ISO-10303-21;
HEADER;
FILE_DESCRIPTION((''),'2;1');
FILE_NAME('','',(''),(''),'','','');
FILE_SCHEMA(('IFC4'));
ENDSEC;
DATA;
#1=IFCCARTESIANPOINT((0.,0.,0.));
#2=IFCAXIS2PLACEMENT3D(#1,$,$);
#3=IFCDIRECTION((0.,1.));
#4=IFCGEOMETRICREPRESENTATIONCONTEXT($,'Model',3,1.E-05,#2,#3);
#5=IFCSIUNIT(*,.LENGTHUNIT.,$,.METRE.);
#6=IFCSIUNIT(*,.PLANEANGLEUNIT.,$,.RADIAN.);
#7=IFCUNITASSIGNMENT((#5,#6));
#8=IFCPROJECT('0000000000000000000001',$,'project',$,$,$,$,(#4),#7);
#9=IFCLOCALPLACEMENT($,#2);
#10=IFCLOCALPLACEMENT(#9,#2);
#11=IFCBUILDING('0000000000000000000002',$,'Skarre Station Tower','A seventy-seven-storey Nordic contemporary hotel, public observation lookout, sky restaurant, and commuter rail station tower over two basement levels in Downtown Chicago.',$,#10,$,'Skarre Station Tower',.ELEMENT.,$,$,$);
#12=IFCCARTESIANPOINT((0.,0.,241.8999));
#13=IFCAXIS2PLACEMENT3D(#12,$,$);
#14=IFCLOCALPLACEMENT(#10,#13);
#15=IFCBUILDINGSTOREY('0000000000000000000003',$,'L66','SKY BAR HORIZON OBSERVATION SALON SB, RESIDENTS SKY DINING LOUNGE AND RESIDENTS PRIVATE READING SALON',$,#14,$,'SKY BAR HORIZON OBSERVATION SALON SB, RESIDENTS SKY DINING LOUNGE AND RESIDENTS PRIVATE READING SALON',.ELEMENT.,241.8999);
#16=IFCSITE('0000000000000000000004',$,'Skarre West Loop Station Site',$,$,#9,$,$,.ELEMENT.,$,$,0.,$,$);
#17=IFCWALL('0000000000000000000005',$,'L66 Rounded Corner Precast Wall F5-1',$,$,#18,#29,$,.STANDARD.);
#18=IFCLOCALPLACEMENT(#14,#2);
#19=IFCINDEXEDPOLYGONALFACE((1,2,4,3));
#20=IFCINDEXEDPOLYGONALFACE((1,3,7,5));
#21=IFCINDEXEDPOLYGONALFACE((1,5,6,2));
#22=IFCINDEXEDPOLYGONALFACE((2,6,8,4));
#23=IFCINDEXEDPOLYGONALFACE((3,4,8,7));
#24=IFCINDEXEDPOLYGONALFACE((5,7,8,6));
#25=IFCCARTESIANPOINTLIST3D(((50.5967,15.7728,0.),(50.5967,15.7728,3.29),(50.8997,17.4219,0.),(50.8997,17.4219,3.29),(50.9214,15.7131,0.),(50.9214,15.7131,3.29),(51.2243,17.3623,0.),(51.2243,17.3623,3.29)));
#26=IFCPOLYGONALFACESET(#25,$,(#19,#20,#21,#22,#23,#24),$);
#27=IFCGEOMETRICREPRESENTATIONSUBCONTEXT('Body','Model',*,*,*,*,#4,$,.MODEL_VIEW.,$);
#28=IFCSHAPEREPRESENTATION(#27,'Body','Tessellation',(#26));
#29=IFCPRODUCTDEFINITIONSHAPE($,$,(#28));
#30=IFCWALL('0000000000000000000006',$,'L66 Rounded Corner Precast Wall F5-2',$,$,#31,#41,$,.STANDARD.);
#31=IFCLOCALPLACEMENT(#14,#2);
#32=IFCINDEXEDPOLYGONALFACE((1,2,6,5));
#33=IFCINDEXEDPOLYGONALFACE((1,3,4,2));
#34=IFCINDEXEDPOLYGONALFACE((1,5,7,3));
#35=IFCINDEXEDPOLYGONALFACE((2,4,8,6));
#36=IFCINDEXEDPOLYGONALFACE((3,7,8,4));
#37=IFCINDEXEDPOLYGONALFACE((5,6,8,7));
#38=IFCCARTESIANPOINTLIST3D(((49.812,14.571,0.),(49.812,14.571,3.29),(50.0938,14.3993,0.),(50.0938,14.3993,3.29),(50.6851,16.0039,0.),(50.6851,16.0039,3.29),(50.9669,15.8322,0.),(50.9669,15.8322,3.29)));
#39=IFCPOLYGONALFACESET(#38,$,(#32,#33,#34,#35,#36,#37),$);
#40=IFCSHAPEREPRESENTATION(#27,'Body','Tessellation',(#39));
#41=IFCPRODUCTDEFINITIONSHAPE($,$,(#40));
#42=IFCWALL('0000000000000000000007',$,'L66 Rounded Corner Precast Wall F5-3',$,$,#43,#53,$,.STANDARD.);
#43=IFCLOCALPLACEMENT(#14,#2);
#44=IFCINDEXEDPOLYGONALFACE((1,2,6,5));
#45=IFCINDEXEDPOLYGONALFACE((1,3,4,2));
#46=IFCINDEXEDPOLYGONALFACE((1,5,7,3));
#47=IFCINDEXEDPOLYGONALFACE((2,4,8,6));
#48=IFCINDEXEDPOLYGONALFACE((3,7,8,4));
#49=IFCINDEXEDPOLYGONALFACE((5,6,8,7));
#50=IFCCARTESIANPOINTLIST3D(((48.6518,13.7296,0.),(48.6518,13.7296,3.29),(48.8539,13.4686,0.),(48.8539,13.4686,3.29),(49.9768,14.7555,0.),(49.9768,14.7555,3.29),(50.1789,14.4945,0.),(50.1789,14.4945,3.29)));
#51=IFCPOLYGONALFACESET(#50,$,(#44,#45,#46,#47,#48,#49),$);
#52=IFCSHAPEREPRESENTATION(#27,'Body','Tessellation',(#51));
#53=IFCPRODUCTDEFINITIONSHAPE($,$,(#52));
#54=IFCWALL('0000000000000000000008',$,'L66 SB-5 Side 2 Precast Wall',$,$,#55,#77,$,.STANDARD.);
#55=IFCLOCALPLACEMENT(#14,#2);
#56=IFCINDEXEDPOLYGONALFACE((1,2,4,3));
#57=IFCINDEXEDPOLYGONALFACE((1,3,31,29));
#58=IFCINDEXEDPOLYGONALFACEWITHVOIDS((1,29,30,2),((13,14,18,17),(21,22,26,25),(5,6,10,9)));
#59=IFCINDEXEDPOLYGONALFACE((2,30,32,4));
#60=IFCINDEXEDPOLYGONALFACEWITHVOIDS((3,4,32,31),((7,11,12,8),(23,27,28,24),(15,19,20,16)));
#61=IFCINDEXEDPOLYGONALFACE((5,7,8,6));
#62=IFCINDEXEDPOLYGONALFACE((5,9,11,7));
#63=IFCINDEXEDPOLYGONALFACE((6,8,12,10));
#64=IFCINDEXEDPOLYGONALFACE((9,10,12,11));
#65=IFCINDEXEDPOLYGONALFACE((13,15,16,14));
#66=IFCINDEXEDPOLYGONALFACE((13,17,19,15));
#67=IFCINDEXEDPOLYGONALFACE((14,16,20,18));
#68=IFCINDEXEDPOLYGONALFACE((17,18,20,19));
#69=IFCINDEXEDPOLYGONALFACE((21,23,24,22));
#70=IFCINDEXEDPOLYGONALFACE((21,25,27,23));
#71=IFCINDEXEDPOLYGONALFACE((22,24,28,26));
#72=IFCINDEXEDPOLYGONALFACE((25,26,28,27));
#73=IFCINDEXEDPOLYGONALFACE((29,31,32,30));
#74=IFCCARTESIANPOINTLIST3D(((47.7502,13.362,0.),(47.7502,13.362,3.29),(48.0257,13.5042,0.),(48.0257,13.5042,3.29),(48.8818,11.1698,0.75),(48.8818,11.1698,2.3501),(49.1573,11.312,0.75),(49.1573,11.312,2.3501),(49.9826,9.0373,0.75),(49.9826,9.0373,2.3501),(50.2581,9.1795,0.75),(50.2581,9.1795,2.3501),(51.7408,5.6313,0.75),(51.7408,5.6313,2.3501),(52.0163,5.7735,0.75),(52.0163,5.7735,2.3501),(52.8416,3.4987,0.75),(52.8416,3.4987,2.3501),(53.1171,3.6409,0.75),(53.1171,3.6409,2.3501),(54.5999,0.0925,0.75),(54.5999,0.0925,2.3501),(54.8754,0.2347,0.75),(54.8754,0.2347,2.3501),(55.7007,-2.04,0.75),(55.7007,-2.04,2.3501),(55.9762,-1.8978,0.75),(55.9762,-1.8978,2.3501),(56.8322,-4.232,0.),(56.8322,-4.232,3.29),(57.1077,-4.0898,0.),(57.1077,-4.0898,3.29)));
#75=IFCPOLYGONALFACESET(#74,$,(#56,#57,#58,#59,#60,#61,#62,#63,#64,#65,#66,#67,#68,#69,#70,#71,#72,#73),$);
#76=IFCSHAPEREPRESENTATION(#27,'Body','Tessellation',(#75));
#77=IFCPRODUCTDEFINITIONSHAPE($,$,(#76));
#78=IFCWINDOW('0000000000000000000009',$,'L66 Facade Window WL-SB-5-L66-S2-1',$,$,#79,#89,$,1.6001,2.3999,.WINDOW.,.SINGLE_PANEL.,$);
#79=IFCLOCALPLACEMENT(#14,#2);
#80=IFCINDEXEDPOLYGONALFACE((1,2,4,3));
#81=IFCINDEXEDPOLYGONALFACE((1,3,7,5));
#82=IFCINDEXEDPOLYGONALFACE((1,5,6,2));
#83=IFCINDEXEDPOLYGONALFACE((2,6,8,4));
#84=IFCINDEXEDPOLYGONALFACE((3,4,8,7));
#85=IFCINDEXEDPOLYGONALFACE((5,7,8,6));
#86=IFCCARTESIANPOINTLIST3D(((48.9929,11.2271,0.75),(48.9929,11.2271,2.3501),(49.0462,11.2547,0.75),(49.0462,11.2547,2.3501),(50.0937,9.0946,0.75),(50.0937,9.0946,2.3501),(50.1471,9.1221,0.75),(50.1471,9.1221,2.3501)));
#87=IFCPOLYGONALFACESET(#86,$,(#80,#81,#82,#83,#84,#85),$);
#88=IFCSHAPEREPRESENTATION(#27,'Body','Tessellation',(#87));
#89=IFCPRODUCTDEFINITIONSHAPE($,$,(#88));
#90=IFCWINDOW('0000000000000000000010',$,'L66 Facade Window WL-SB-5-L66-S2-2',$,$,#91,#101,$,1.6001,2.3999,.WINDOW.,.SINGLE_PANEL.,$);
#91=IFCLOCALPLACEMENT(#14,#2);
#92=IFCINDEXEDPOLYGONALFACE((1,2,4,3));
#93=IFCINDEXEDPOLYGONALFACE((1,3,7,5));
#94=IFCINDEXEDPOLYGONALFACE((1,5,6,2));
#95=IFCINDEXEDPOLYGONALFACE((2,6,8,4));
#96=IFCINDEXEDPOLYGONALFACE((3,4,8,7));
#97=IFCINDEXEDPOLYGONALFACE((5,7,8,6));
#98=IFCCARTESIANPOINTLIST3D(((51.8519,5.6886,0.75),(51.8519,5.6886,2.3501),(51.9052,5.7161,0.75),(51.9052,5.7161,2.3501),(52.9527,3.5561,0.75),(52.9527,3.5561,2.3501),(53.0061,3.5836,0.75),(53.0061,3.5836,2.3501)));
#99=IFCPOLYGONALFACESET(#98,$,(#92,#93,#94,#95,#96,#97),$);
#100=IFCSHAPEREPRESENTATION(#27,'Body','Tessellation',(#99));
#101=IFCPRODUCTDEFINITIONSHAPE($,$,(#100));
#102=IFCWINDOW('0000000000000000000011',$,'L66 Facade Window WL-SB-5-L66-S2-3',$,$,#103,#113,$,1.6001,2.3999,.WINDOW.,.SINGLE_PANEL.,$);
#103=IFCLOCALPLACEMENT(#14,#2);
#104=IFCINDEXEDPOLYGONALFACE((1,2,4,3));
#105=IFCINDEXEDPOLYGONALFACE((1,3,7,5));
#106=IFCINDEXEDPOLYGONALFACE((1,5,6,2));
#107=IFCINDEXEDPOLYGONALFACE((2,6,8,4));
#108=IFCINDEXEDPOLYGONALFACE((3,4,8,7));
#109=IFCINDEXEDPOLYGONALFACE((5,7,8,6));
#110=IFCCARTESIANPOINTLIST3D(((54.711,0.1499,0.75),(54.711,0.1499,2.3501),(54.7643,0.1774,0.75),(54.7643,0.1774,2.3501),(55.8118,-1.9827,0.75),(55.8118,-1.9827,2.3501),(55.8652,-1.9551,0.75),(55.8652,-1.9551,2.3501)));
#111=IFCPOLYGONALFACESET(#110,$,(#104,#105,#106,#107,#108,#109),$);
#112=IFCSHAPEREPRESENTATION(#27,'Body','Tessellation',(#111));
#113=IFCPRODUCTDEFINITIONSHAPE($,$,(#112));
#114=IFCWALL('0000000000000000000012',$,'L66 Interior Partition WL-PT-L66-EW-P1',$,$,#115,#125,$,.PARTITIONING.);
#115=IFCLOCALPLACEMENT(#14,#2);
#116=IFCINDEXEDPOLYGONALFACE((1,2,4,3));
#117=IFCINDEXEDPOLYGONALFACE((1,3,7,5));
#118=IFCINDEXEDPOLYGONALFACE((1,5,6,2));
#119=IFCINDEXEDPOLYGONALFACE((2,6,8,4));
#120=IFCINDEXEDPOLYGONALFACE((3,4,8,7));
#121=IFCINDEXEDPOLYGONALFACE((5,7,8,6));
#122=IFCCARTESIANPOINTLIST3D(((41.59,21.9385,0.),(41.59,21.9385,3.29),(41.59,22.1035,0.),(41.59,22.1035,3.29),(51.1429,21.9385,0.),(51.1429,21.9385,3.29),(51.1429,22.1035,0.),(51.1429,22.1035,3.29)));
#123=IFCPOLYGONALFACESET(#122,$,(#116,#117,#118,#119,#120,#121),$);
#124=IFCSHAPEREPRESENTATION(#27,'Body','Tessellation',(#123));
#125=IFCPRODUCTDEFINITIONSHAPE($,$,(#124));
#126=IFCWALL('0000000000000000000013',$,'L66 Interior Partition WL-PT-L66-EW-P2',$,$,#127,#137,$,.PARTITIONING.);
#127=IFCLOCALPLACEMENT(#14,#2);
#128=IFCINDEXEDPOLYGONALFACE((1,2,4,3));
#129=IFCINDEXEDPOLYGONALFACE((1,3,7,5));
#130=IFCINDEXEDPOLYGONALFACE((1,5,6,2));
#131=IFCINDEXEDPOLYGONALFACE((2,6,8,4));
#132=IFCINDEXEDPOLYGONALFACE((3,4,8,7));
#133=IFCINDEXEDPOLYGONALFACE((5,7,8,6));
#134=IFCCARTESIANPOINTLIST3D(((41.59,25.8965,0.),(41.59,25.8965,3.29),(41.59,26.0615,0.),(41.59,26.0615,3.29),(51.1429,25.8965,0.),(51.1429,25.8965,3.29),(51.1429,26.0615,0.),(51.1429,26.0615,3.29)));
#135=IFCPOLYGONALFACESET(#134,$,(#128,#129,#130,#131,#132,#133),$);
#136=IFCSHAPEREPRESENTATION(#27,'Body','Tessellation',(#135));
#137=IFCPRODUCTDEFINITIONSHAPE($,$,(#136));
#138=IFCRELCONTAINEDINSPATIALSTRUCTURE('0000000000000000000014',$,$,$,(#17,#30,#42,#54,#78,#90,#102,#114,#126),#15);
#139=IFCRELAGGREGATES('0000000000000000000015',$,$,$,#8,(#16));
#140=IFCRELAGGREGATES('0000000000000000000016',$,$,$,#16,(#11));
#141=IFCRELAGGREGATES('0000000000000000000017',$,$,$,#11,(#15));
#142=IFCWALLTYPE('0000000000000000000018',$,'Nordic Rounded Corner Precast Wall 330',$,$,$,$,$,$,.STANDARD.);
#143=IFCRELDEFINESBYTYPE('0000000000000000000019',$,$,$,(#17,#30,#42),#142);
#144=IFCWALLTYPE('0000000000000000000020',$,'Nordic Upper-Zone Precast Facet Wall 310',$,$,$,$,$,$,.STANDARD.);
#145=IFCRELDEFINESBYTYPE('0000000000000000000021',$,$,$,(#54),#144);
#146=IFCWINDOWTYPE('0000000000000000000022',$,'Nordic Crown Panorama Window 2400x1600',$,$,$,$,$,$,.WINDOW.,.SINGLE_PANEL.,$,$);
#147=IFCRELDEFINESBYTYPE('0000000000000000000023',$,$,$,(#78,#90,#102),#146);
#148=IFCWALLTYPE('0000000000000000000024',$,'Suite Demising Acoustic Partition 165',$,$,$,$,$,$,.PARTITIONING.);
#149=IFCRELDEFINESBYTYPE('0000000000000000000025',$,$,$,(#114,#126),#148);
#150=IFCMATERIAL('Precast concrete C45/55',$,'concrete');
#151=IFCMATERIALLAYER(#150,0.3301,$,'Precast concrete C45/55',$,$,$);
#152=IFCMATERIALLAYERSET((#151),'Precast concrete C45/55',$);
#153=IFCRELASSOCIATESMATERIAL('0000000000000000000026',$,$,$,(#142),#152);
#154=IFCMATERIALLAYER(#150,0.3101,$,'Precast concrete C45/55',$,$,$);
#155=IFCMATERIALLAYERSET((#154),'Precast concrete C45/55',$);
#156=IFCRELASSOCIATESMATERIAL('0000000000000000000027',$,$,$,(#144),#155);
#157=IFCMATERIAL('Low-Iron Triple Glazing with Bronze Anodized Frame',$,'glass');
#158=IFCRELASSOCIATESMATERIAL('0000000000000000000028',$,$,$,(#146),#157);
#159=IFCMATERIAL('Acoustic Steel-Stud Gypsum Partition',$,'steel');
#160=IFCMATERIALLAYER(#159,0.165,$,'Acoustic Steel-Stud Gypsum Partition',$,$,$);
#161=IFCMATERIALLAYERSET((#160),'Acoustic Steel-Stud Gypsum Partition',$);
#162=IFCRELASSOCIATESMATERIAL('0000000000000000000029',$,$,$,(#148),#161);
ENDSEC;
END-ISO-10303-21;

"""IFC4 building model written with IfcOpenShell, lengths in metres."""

from ifc_helpers import new_model, si_unit, direction, frame, frame_2d, origin, place, context, subcontext, project, spatial, rectangle, extrude, material, layer, layer_set, type_object, element, fill, save


model = new_model("IFC4")

# Units and contexts
model_context = context("Model", 3, precision=1e-05, world=origin(), true_north=direction((0.0, 1.0)))
body_context = subcontext(model_context, "Body", "Model", "MODEL_VIEW")
ifc_project = project(units=[si_unit("LENGTHUNIT", "METRE"), si_unit("PLANEANGLEUNIT", "RADIAN")], contexts=[model_context])

# Site, building, storey
site_placement = place(None, origin())
site = spatial("IfcSite", under=ifc_project, at=site_placement, Name="Skarre West Loop Station Site", CompositionType="ELEMENT", RefElevation=0.0)
building_placement = place(site_placement, origin())
building = spatial("IfcBuilding", under=site, at=building_placement, Name="Skarre Station Tower", Description="A seventy-seven-storey Nordic contemporary hotel, public observation lookout, sky restaurant, and commuter rail station tower over two basement levels in Downtown Chicago.", LongName="Skarre Station Tower", CompositionType="ELEMENT")
storey_placement = place(building_placement, frame((0.0, 0.0, 241.8999)))
storey = spatial("IfcBuildingStorey", under=building, at=storey_placement, Name="L66", Description="SKY BAR HORIZON OBSERVATION SALON SB, RESIDENTS SKY DINING LOUNGE AND RESIDENTS PRIVATE READING SALON", LongName="SKY BAR HORIZON OBSERVATION SALON SB, RESIDENTS SKY DINING LOUNGE AND RESIDENTS PRIVATE READING SALON", CompositionType="ELEMENT", Elevation=241.8999)

# Shared definitions
ifc_material_1 = material(Name="Acoustic Steel-Stud Gypsum Partition", Category="steel")

# Walls
ifc_material_2 = material(Name="Precast concrete C45/55", Category="concrete")
ifc_layer_1 = layer(ifc_material_2, 0.3301, Name="Precast concrete C45/55")
ifc_layer_set_1 = layer_set([ifc_layer_1], Name="Precast concrete C45/55")
wall_type_1 = type_object("IfcWallType", Name="Nordic Rounded Corner Precast Wall 330", PredefinedType="STANDARD", material=ifc_layer_set_1)
wall_1_placement = place(storey_placement, frame((51.062, 17.3921, 0.0), z_axis=(0.0, 0.0, 1.0), x_axis=(-0.180692, -0.98354, 0.0)))
element("IfcWall", 1, at=wall_1_placement, inside=storey, type_object=wall_type_1, Name="L66 Rounded Corner Precast Wall F5-1", PredefinedType="STANDARD", context=body_context, shape_type="SweptSolid", body=[
    extrude(rectangle(XDim=1.6768, YDim=0.3301, at=frame_2d((0.8384, 0.0))), origin(), (0.0, 0.0, 1.0), 3.29),
])
wall_2_placement = place(storey_placement, frame((50.8259, 15.918, 0.0), z_axis=(0.0, 0.0, 1.0), x_axis=(-0.520325, -0.853968, 0.0)))
element("IfcWall", 2, at=wall_2_placement, inside=storey, type_object=wall_type_1, Name="L66 Rounded Corner Precast Wall F5-2", PredefinedType="STANDARD", context=body_context, shape_type="SweptSolid", body=[
    extrude(rectangle(XDim=1.678, YDim=0.3301, at=frame_2d((0.8389, 0.0))), origin(), (0.0, 0.0, 1.0), 3.29),
])
wall_3_placement = place(storey_placement, frame((50.0779, 14.625, 0.0), z_axis=(0.0, 0.0, 1.0), x_axis=(-0.790692, -0.612214, 0.0)))
element("IfcWall", 3, at=wall_3_placement, inside=storey, type_object=wall_type_1, Name="L66 Rounded Corner Precast Wall F5-3", PredefinedType="STANDARD", context=body_context, shape_type="SweptSolid", body=[
    extrude(rectangle(XDim=1.6758, YDim=0.3301, at=frame_2d((0.8379, 0.0))), origin(), (0.0, 0.0, 1.0), 3.29),
])

# Wall, openings, windows
ifc_layer_2 = layer(ifc_material_2, 0.3101, Name="Precast concrete C45/55")
ifc_layer_set_2 = layer_set([ifc_layer_2], Name="Precast concrete C45/55")
wall_type_2 = type_object("IfcWallType", Name="Nordic Upper-Zone Precast Facet Wall 310", PredefinedType="STANDARD", material=ifc_layer_set_2)
wall_4_placement = place(storey_placement, frame((47.8879, 13.4331, 0.0), z_axis=(0.0, 0.0, 1.0), x_axis=(0.458693, -0.888595, 0.0)))
wall_4 = element("IfcWall", 4, at=wall_4_placement, inside=storey, type_object=wall_type_2, Name="L66 SB-5 Side 2 Precast Wall", PredefinedType="STANDARD", context=body_context, shape_type="SweptSolid", body=[
    extrude(rectangle(XDim=19.7998, YDim=0.3101, at=frame_2d((9.8999, 0.0))), origin(), (0.0, 0.0, 1.0), 3.29),
])
opening_1_placement = place(wall_4_placement, frame((2.467, 0.0, 0.75)))
opening_1 = element("IfcOpeningElement", 5, at=opening_1_placement, cuts=wall_4, PredefinedType="OPENING", context=body_context, shape_type="SweptSolid", body=[
    extrude(rectangle(XDim=2.3999, YDim=1.6001, at=frame_2d((1.2, 0.8))), frame((0.0, 0.165, 0.0), z_axis=(0.0, -1.0, 0.0), x_axis=(1.0, 0.0, 0.0)), (0.0, 0.0, 1.0), 0.3301),
])
opening_2_placement = place(wall_4_placement, frame((8.7, 0.0, 0.75)))
opening_2 = element("IfcOpeningElement", 6, at=opening_2_placement, cuts=wall_4, PredefinedType="OPENING", context=body_context, shape_type="SweptSolid", body=[
    extrude(rectangle(XDim=2.3999, YDim=1.6001, at=frame_2d((1.2, 0.8))), frame((0.0, 0.165, 0.0), z_axis=(0.0, -1.0, 0.0), x_axis=(1.0, 0.0, 0.0)), (0.0, 0.0, 1.0), 0.3301),
])
opening_3_placement = place(wall_4_placement, frame((14.9331, 0.0, 0.75)))
opening_3 = element("IfcOpeningElement", 7, at=opening_3_placement, cuts=wall_4, PredefinedType="OPENING", context=body_context, shape_type="SweptSolid", body=[
    extrude(rectangle(XDim=2.3999, YDim=1.6001, at=frame_2d((1.2, 0.8))), frame((0.0, 0.165, 0.0), z_axis=(0.0, -1.0, 0.0), x_axis=(1.0, 0.0, 0.0)), (0.0, 0.0, 1.0), 0.3301),
])
ifc_material_3 = material(Name="Low-Iron Triple Glazing with Bronze Anodized Frame", Category="glass")
window_type = type_object("IfcWindowType", Name="Nordic Crown Panorama Window 2400x1600", PartitioningType="SINGLE_PANEL", PredefinedType="WINDOW", material=ifc_material_3)
window_1_placement = place(opening_1_placement, origin())
window_1 = element("IfcWindow", 8, at=window_1_placement, inside=storey, type_object=window_type, Name="L66 Facade Window WL-SB-5-L66-S2-1", OverallHeight=1.6001, OverallWidth=2.3999, PartitioningType="SINGLE_PANEL", PredefinedType="WINDOW", context=body_context, shape_type="SweptSolid", body=[
    extrude(rectangle(XDim=2.3999, YDim=1.6001, at=frame_2d((1.2, 0.8))), frame((0.0, 0.03, 0.0), z_axis=(0.0, -1.0, 0.0), x_axis=(1.0, 0.0, 0.0)), (0.0, 0.0, 1.0), 0.0601),
])
fill(opening_1, window_1)
window_2_placement = place(opening_2_placement, origin())
window_2 = element("IfcWindow", 9, at=window_2_placement, inside=storey, type_object=window_type, Name="L66 Facade Window WL-SB-5-L66-S2-2", OverallHeight=1.6001, OverallWidth=2.3999, PartitioningType="SINGLE_PANEL", PredefinedType="WINDOW", context=body_context, shape_type="SweptSolid", body=[
    extrude(rectangle(XDim=2.3999, YDim=1.6001, at=frame_2d((1.2, 0.8))), frame((0.0, 0.03, 0.0), z_axis=(0.0, -1.0, 0.0), x_axis=(1.0, 0.0, 0.0)), (0.0, 0.0, 1.0), 0.0601),
])
fill(opening_2, window_2)
window_3_placement = place(opening_3_placement, origin())
window_3 = element("IfcWindow", 10, at=window_3_placement, inside=storey, type_object=window_type, Name="L66 Facade Window WL-SB-5-L66-S2-3", OverallHeight=1.6001, OverallWidth=2.3999, PartitioningType="SINGLE_PANEL", PredefinedType="WINDOW", context=body_context, shape_type="SweptSolid", body=[
    extrude(rectangle(XDim=2.3999, YDim=1.6001, at=frame_2d((1.2, 0.8))), frame((0.0, 0.03, 0.0), z_axis=(0.0, -1.0, 0.0), x_axis=(1.0, 0.0, 0.0)), (0.0, 0.0, 1.0), 0.0601),
])
fill(opening_3, window_3)

# Walls
ifc_layer_3 = layer(ifc_material_1, 0.165, Name="Acoustic Steel-Stud Gypsum Partition")
ifc_layer_set_3 = layer_set([ifc_layer_3], Name="Acoustic Steel-Stud Gypsum Partition")
wall_type_3 = type_object("IfcWallType", Name="Suite Demising Acoustic Partition 165", PredefinedType="PARTITIONING", material=ifc_layer_set_3)
for number, where, z_axis, x_axis, name in (
    (11, (41.5901, 22.021, 0.0), (0.0, 0.0, 1.0), (1.0, 0.0, 0.0), "L66 Interior Partition WL-PT-L66-EW-P1"),
    (12, (41.5901, 25.979, 0.0), (0.0, 0.0, 1.0), (1.0, 0.0, 0.0), "L66 Interior Partition WL-PT-L66-EW-P2"),
):
    element("IfcWall", number, at=place(storey_placement, frame(where, z_axis=z_axis, x_axis=x_axis)), inside=storey, type_object=wall_type_3, Name=name, PredefinedType="PARTITIONING", context=body_context, shape_type="SweptSolid", body=[
        extrude(rectangle(XDim=9.553, YDim=0.165, at=frame_2d((4.7764, 0.0))), origin(), (0.0, 0.0, 1.0), 3.29),
    ])

save(model, "model.ifc")
